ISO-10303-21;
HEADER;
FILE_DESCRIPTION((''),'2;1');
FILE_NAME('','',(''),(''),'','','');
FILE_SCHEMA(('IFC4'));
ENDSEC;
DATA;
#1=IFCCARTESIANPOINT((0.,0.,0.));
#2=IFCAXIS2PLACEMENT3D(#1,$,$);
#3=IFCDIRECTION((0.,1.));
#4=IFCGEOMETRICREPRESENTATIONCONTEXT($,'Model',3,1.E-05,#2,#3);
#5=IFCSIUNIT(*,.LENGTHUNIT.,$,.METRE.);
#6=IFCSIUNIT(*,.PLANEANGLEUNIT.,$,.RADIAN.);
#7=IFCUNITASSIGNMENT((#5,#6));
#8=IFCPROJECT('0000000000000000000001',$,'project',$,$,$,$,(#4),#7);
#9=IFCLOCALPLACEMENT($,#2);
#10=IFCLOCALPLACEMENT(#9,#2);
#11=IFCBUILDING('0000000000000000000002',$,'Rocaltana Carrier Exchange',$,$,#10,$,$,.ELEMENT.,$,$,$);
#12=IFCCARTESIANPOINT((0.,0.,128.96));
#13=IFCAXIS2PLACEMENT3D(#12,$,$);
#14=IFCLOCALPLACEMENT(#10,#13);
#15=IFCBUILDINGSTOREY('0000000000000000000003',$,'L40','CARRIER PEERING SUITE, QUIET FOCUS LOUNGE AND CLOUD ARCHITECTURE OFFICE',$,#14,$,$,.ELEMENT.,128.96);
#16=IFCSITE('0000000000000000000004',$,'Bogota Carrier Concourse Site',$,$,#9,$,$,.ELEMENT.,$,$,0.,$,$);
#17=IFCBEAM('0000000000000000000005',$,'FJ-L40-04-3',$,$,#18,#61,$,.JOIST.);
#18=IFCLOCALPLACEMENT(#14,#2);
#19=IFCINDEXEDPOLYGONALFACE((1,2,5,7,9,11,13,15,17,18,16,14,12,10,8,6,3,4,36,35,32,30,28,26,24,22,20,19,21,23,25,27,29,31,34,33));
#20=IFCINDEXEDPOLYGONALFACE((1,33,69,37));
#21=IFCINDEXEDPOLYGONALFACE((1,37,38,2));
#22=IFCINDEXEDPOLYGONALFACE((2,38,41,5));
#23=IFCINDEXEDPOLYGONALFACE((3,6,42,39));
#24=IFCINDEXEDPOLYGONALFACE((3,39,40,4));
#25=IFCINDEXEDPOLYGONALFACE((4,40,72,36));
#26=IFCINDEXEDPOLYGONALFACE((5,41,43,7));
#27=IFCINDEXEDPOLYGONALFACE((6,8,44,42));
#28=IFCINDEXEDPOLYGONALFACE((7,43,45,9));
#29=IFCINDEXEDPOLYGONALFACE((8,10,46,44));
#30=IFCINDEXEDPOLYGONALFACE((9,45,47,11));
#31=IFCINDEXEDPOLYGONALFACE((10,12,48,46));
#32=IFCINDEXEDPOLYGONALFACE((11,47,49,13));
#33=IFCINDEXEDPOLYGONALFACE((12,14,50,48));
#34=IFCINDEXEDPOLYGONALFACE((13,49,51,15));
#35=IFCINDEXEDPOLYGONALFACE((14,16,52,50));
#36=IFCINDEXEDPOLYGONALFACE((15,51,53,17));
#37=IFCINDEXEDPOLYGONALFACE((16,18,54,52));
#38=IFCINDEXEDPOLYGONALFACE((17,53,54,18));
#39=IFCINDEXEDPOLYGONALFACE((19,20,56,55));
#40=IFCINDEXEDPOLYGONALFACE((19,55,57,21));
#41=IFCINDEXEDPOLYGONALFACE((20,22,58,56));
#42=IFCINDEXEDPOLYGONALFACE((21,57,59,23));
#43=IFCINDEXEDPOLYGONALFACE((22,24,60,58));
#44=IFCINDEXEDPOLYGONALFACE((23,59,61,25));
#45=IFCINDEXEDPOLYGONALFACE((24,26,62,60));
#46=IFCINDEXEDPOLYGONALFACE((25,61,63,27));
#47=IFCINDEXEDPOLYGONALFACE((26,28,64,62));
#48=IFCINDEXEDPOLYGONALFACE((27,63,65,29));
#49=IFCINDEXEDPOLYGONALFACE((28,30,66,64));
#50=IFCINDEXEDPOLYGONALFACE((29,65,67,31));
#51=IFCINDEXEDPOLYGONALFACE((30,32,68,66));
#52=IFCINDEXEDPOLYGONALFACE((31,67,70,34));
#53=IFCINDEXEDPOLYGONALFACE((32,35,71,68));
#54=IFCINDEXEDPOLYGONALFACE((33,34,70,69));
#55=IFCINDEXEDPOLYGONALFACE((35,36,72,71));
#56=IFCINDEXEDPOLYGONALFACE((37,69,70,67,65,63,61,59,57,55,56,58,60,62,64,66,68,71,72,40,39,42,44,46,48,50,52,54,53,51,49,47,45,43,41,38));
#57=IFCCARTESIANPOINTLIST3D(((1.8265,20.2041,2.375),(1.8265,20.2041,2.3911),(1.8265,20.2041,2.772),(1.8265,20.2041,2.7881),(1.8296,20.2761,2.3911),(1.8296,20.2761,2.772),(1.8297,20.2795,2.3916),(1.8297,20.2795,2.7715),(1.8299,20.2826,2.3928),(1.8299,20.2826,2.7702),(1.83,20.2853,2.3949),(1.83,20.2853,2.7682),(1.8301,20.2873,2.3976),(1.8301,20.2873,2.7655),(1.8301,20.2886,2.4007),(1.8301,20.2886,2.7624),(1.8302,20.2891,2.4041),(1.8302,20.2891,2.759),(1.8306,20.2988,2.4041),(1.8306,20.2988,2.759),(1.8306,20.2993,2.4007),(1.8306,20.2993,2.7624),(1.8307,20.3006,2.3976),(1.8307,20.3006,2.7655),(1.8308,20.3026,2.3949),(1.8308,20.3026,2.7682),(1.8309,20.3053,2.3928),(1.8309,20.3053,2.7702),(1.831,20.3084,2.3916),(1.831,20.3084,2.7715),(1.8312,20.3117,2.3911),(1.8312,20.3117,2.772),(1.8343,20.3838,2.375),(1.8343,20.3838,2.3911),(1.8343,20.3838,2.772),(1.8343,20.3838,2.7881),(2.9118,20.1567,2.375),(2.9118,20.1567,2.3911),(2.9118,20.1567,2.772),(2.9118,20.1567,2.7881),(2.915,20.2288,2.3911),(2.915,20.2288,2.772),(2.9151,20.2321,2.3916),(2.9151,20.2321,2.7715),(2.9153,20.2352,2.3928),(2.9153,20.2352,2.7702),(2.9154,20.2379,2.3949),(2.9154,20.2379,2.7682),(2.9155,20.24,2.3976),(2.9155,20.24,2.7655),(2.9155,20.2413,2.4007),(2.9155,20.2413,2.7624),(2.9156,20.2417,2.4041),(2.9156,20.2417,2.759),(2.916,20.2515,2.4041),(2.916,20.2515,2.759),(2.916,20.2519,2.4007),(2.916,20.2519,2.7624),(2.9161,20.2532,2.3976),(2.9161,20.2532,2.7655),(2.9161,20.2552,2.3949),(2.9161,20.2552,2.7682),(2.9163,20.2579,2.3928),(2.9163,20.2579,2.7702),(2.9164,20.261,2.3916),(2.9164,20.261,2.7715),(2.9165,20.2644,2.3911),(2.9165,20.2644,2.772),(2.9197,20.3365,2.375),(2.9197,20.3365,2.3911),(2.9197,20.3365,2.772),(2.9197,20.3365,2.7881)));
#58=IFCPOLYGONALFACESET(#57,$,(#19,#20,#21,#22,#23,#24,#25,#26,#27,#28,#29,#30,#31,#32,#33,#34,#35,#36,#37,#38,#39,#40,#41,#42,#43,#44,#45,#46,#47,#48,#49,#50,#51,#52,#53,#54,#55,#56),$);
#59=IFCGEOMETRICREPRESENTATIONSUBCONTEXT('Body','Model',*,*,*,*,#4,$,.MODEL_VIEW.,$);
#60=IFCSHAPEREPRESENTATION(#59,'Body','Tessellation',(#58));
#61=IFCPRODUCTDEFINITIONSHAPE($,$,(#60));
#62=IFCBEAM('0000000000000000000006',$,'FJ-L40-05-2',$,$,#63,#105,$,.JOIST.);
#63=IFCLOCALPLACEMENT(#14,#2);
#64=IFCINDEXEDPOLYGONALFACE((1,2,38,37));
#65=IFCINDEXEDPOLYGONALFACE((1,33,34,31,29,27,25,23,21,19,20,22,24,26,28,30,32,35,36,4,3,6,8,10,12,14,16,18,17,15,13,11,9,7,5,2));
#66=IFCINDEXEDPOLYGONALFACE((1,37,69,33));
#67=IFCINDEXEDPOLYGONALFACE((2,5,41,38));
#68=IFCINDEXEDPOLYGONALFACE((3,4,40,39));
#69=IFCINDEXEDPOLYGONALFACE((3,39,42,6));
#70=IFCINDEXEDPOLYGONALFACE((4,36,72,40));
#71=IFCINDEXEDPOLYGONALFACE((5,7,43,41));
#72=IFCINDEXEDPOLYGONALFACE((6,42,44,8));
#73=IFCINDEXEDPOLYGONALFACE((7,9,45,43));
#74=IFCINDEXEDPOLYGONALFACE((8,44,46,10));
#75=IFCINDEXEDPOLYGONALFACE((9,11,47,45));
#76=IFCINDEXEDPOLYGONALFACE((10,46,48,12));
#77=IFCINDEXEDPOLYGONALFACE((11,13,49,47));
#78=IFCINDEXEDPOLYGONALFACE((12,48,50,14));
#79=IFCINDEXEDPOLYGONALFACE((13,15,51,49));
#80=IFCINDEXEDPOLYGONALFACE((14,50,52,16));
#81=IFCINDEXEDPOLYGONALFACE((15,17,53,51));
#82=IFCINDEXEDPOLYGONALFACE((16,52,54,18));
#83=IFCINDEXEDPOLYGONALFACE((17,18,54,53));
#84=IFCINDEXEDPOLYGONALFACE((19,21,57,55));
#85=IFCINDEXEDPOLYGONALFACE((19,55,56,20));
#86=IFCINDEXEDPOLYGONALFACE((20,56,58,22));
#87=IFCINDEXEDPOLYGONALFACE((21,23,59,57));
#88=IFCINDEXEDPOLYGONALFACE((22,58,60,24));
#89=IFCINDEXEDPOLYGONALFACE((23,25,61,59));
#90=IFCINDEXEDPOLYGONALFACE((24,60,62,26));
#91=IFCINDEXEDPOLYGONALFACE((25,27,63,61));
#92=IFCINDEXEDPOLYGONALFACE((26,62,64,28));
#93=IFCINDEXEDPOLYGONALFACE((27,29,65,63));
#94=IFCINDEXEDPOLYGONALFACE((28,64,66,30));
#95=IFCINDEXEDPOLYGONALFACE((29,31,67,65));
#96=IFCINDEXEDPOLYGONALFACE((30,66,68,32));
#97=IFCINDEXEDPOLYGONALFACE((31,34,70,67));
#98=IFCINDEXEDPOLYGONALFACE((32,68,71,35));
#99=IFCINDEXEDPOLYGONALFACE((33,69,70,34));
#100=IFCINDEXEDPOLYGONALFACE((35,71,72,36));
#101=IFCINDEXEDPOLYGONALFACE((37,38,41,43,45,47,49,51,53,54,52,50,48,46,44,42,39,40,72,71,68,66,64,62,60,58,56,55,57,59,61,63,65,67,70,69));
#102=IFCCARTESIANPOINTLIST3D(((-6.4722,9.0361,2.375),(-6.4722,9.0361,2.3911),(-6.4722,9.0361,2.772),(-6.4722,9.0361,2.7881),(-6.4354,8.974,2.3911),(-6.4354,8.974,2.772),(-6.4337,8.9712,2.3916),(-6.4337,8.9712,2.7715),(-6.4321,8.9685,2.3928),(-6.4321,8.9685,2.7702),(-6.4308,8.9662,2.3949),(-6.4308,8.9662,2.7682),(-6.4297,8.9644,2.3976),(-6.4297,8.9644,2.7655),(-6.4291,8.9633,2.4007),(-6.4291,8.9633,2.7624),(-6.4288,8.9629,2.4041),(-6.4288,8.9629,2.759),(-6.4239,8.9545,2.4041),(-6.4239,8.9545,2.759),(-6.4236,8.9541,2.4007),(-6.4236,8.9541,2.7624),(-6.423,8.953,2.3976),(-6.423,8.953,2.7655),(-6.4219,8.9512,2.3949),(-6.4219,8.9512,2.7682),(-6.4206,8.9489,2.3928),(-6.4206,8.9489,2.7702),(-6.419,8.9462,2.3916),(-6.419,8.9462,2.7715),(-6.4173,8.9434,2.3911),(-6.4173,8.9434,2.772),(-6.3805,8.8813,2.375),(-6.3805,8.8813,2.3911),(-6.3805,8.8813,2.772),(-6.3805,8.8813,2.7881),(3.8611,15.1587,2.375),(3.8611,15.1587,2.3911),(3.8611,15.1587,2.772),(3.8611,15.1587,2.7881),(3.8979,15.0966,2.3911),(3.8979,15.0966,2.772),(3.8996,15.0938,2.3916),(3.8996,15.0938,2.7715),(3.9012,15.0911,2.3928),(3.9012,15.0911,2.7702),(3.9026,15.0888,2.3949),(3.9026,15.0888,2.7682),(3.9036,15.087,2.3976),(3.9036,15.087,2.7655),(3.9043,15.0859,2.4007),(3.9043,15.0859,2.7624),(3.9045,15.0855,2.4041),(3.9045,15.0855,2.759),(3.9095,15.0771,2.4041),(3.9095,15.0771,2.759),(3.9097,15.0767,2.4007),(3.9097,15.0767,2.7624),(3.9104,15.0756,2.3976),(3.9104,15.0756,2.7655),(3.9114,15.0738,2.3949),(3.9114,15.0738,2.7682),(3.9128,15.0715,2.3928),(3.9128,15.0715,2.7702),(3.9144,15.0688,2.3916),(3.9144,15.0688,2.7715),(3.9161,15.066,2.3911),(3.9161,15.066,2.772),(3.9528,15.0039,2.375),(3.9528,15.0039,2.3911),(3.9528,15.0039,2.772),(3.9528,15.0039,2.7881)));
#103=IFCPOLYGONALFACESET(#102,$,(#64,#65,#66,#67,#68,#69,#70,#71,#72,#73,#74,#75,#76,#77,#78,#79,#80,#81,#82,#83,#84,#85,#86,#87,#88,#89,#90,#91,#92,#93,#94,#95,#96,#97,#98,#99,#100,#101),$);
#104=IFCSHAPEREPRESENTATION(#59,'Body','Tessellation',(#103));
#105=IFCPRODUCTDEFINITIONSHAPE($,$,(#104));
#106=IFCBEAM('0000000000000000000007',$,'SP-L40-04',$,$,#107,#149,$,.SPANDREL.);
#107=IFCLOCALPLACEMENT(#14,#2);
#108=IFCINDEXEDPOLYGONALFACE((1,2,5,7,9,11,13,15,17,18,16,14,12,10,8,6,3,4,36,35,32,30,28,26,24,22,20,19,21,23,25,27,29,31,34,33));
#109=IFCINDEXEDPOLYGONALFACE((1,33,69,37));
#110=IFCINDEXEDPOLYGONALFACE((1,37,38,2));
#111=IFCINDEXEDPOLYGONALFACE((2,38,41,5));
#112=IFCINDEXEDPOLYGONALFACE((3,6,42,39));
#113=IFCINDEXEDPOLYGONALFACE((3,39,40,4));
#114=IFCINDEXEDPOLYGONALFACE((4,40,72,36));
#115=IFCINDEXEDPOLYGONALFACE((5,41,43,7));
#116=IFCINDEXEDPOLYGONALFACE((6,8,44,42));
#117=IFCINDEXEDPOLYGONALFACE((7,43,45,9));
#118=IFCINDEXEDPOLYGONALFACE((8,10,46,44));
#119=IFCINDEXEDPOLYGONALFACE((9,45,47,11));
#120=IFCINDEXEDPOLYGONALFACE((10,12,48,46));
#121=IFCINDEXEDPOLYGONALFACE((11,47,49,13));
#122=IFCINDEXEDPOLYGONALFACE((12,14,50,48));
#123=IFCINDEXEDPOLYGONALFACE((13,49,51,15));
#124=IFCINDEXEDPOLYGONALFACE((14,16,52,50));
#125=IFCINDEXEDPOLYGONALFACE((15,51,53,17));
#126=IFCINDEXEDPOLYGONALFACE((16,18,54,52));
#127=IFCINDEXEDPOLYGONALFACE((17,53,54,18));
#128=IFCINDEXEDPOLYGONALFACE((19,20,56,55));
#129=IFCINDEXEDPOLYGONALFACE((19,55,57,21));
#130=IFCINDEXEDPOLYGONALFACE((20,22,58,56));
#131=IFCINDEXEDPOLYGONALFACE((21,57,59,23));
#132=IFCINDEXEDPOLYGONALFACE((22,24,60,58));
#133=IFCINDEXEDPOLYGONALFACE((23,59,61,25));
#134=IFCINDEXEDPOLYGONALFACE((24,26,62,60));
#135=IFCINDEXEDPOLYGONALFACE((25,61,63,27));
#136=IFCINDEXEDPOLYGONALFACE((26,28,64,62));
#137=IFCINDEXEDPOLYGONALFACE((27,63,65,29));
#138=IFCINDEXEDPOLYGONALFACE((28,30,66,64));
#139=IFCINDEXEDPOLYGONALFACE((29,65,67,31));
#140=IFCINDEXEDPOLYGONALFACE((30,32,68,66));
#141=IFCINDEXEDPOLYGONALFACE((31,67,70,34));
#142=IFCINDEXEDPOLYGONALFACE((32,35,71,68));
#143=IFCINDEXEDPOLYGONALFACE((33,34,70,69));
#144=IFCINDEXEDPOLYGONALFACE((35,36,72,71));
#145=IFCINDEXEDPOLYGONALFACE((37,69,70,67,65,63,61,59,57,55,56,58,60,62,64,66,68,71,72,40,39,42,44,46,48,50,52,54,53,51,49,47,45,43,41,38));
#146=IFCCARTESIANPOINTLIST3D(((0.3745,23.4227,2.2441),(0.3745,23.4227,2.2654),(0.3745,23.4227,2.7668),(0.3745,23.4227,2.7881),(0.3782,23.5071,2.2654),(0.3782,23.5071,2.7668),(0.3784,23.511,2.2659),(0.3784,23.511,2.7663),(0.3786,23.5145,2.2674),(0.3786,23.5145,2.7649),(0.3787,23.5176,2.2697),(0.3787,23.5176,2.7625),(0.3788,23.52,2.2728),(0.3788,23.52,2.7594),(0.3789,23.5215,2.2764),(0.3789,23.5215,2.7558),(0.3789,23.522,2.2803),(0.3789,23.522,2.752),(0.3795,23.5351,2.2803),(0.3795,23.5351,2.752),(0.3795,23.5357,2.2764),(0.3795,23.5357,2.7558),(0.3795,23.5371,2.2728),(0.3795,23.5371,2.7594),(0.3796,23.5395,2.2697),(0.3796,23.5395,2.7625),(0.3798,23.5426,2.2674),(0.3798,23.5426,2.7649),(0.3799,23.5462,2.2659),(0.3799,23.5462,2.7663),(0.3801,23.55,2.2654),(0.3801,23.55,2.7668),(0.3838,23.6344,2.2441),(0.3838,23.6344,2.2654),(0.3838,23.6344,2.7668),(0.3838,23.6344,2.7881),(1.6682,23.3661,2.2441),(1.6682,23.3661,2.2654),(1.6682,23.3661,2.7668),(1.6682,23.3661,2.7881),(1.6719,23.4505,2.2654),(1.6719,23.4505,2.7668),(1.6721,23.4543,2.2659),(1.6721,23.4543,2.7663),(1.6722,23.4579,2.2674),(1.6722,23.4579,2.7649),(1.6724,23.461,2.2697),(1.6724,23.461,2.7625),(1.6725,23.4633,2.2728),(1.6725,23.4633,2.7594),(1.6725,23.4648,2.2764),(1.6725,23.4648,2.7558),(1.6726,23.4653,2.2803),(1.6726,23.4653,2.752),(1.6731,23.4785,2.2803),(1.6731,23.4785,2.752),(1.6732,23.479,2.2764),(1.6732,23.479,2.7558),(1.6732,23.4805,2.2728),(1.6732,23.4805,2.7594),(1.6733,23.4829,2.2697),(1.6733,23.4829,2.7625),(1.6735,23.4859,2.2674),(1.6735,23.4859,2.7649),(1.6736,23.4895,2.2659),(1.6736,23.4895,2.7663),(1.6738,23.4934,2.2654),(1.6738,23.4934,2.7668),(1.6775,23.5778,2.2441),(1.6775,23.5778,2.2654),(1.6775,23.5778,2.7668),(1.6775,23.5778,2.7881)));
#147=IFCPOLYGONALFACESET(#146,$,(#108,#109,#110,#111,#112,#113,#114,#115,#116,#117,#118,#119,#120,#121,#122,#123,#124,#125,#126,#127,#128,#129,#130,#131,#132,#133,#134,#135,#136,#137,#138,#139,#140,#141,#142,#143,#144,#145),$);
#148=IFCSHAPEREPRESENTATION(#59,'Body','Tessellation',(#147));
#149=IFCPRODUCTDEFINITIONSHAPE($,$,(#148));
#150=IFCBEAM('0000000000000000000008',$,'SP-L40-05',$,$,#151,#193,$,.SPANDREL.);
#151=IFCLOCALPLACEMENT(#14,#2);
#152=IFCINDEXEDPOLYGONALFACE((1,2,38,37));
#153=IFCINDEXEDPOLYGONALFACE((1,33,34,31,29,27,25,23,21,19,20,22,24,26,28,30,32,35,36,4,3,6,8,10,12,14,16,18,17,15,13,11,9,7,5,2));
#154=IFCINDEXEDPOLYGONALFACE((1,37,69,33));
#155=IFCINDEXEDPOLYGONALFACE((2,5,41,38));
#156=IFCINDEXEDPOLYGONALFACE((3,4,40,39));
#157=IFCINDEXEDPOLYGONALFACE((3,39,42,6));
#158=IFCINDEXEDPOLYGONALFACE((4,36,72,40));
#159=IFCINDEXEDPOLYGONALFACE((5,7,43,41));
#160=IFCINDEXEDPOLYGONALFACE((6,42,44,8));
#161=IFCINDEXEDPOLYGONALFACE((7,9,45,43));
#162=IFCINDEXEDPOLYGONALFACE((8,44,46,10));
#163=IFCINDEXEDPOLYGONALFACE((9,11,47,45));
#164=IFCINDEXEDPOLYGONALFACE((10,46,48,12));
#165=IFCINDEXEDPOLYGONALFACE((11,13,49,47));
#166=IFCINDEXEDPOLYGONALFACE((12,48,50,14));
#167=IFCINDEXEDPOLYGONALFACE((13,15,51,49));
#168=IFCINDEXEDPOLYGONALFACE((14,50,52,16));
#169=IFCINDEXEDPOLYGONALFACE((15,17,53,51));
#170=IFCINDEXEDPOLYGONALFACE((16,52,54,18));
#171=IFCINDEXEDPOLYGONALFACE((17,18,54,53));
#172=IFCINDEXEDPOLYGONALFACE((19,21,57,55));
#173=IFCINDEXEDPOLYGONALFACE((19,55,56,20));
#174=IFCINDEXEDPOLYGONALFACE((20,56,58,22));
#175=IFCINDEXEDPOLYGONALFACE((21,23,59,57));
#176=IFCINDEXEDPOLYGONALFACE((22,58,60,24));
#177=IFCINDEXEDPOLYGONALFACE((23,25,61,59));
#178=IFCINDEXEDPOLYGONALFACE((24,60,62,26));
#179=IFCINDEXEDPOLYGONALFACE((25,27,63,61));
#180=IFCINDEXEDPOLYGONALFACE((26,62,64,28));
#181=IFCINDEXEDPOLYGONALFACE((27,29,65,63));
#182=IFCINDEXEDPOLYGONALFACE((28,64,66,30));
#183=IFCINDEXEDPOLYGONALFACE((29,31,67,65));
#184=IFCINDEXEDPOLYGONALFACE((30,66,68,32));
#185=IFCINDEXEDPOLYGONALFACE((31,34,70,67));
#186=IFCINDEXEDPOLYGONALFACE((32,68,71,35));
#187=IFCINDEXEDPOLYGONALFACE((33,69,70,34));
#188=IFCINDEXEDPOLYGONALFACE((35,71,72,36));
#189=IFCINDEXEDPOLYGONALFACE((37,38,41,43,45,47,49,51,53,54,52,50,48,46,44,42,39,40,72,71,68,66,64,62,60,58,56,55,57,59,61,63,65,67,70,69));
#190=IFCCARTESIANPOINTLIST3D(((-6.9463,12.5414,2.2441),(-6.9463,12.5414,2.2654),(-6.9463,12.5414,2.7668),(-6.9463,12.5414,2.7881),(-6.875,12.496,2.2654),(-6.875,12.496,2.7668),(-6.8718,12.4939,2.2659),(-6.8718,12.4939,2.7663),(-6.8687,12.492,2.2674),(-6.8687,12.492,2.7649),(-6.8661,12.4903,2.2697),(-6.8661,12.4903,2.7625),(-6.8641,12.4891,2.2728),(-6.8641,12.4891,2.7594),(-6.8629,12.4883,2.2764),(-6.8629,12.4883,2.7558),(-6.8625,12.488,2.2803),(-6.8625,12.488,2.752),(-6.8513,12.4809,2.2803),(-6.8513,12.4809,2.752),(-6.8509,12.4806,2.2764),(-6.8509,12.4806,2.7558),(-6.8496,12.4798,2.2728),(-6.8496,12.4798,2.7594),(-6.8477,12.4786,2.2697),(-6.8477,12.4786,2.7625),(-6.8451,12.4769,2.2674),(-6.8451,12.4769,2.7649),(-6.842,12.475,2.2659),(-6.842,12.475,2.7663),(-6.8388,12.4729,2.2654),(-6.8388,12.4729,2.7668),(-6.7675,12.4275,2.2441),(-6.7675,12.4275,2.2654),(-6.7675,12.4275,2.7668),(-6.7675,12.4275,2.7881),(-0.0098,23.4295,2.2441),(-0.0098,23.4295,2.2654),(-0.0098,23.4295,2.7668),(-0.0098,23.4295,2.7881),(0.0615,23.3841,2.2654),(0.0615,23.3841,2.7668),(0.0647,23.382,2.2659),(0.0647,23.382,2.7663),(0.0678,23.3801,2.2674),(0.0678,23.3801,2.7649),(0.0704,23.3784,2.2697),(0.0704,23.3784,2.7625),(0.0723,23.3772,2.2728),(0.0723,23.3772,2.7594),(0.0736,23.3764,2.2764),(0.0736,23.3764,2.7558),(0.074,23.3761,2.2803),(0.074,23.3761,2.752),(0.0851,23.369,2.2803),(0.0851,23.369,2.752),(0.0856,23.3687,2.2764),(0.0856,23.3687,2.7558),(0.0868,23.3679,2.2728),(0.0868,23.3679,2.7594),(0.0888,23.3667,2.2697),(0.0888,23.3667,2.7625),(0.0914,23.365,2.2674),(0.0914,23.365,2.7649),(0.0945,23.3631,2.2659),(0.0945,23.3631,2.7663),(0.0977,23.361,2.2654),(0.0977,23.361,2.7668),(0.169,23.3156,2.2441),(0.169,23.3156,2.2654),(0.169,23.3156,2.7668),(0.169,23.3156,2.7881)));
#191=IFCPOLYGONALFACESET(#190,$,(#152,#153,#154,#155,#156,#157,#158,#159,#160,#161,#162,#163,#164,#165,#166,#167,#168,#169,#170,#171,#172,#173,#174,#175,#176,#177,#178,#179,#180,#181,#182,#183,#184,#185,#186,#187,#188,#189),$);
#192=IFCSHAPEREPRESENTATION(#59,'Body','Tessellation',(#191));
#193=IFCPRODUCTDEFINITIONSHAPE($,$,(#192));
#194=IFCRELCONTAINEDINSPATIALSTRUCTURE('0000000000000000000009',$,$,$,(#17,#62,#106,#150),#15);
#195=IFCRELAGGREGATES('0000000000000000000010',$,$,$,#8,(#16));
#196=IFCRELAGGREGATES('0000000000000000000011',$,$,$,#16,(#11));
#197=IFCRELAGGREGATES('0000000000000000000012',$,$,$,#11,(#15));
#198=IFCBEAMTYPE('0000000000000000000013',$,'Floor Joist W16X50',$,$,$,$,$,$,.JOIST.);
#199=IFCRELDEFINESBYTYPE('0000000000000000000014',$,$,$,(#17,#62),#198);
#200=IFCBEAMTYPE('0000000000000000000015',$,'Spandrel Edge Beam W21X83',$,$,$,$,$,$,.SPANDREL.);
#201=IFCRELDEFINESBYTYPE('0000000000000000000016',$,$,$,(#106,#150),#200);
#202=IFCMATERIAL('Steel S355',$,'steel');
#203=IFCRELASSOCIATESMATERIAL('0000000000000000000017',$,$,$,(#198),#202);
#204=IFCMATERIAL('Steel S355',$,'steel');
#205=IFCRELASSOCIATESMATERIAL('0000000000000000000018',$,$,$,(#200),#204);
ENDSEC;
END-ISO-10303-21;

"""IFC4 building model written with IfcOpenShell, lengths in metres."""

from ifc_helpers import new_model, si_unit, direction, frame, origin, origin_2d, place, context, subcontext, project, spatial, i_section, extrude, material, material_profile, profile_set, type_object, element, save


model = new_model("IFC4")

# Units and contexts
model_context = context("Model", 3, precision=1e-05, world=origin(), true_north=direction((0.0, 1.0)))
body_context = subcontext(model_context, "Body", "Model", "MODEL_VIEW")
ifc_project = project(units=[si_unit("LENGTHUNIT", "METRE"), si_unit("PLANEANGLEUNIT", "RADIAN")], contexts=[model_context])

# Site, building, storey
site_placement = place(None, origin())
site = spatial("IfcSite", under=ifc_project, at=site_placement, Name="Bogota Carrier Concourse Site", CompositionType="ELEMENT", RefElevation=0.0)
building_placement = place(site_placement, origin())
building = spatial("IfcBuilding", under=site, at=building_placement, Name="Rocaltana Carrier Exchange", CompositionType="ELEMENT")
storey_placement = place(building_placement, frame((0.0, 0.0, 128.96)))
storey = spatial("IfcBuildingStorey", under=building, at=storey_placement, Name="L40", Description="CARRIER PEERING SUITE, QUIET FOCUS LOUNGE AND CLOUD ARCHITECTURE OFFICE", CompositionType="ELEMENT", Elevation=128.96)

# Beams
ifc_material_1 = material(Name="Steel S355", Category="steel")
ifc_material_profile_1 = material_profile(ifc_material_1, i_section(OverallWidth=0.1799, OverallDepth=0.4131, WebThickness=0.0098, FlangeThickness=0.0161, FilletRadius=0.0129, at=origin_2d()), Name="W16X50")
ifc_profile_set_1 = profile_set([ifc_material_profile_1], Name="Steel S355")
beam_type_1 = type_object("IfcBeamType", Name="Floor Joist W16X50", PredefinedType="JOIST", material=ifc_profile_set_1)
beam_1_placement = place(storey_placement, frame((2.9158, 20.2466, 2.5815), z_axis=(-0.999049, 0.043593, 0.0), x_axis=(-0.043593, -0.999049, 0.0)))
element("IfcBeam", 1, at=beam_1_placement, inside=storey, type_object=beam_type_1, Name="FJ-L40-04-3", PredefinedType="JOIST", context=body_context, shape_type="SweptSolid", body=[
    extrude(i_section(OverallWidth=0.1799, OverallDepth=0.4131, WebThickness=0.0098, FlangeThickness=0.0161, FilletRadius=0.0129, at=origin_2d()), origin(), (0.0, 0.0, 1.0), 1.0864),
])
beam_2_placement = place(storey_placement, frame((3.907, 15.0813, 2.5815), z_axis=(-0.860323, -0.50975, 0.0), x_axis=(0.50975, -0.860323, 0.0)))
element("IfcBeam", 2, at=beam_2_placement, inside=storey, type_object=beam_type_1, Name="FJ-L40-05-2", PredefinedType="JOIST", context=body_context, shape_type="SweptSolid", body=[
    extrude(i_section(OverallWidth=0.1799, OverallDepth=0.4131, WebThickness=0.0098, FlangeThickness=0.0161, FilletRadius=0.0129, at=origin_2d()), origin(), (0.0, 0.0, 1.0), 12.011),
])
ifc_material_2 = material(Name="Steel S355", Category="steel")
ifc_material_profile_2 = material_profile(ifc_material_2, i_section(OverallWidth=0.2119, OverallDepth=0.5439, WebThickness=0.0132, FlangeThickness=0.0212, FilletRadius=0.0149, at=origin_2d()), Name="W21X83")
ifc_profile_set_2 = profile_set([ifc_material_profile_2], Name="Steel S355")
beam_type_2 = type_object("IfcBeamType", Name="Spandrel Edge Beam W21X83", PredefinedType="SPANDREL", material=ifc_profile_set_2)
beam_3_placement = place(storey_placement, frame((1.6729, 23.4719, 2.5161), z_axis=(-0.999043, 0.04374, 0.0), x_axis=(-0.04374, -0.999043, 0.0)))
element("IfcBeam", 3, at=beam_3_placement, inside=storey, type_object=beam_type_2, Name="SP-L40-04", PredefinedType="SPANDREL", context=body_context, shape_type="SweptSolid", body=[
    extrude(i_section(OverallWidth=0.2119, OverallDepth=0.5439, WebThickness=0.0132, FlangeThickness=0.0212, FilletRadius=0.0149, at=origin_2d()), origin(), (0.0, 0.0, 1.0), 1.2949),
])
beam_4_placement = place(storey_placement, frame((0.0796, 23.3726, 2.5161), z_axis=(-0.537299, -0.843392, 0.0), x_axis=(0.843392, -0.537299, 0.0)))
element("IfcBeam", 4, at=beam_4_placement, inside=storey, type_object=beam_type_2, Name="SP-L40-05", PredefinedType="SPANDREL", context=body_context, shape_type="SweptSolid", body=[
    extrude(i_section(OverallWidth=0.2119, OverallDepth=0.5439, WebThickness=0.0132, FlangeThickness=0.0212, FilletRadius=0.0149, at=origin_2d()), origin(), (0.0, 0.0, 1.0), 12.9099),
])

save(model, "model.ifc")
